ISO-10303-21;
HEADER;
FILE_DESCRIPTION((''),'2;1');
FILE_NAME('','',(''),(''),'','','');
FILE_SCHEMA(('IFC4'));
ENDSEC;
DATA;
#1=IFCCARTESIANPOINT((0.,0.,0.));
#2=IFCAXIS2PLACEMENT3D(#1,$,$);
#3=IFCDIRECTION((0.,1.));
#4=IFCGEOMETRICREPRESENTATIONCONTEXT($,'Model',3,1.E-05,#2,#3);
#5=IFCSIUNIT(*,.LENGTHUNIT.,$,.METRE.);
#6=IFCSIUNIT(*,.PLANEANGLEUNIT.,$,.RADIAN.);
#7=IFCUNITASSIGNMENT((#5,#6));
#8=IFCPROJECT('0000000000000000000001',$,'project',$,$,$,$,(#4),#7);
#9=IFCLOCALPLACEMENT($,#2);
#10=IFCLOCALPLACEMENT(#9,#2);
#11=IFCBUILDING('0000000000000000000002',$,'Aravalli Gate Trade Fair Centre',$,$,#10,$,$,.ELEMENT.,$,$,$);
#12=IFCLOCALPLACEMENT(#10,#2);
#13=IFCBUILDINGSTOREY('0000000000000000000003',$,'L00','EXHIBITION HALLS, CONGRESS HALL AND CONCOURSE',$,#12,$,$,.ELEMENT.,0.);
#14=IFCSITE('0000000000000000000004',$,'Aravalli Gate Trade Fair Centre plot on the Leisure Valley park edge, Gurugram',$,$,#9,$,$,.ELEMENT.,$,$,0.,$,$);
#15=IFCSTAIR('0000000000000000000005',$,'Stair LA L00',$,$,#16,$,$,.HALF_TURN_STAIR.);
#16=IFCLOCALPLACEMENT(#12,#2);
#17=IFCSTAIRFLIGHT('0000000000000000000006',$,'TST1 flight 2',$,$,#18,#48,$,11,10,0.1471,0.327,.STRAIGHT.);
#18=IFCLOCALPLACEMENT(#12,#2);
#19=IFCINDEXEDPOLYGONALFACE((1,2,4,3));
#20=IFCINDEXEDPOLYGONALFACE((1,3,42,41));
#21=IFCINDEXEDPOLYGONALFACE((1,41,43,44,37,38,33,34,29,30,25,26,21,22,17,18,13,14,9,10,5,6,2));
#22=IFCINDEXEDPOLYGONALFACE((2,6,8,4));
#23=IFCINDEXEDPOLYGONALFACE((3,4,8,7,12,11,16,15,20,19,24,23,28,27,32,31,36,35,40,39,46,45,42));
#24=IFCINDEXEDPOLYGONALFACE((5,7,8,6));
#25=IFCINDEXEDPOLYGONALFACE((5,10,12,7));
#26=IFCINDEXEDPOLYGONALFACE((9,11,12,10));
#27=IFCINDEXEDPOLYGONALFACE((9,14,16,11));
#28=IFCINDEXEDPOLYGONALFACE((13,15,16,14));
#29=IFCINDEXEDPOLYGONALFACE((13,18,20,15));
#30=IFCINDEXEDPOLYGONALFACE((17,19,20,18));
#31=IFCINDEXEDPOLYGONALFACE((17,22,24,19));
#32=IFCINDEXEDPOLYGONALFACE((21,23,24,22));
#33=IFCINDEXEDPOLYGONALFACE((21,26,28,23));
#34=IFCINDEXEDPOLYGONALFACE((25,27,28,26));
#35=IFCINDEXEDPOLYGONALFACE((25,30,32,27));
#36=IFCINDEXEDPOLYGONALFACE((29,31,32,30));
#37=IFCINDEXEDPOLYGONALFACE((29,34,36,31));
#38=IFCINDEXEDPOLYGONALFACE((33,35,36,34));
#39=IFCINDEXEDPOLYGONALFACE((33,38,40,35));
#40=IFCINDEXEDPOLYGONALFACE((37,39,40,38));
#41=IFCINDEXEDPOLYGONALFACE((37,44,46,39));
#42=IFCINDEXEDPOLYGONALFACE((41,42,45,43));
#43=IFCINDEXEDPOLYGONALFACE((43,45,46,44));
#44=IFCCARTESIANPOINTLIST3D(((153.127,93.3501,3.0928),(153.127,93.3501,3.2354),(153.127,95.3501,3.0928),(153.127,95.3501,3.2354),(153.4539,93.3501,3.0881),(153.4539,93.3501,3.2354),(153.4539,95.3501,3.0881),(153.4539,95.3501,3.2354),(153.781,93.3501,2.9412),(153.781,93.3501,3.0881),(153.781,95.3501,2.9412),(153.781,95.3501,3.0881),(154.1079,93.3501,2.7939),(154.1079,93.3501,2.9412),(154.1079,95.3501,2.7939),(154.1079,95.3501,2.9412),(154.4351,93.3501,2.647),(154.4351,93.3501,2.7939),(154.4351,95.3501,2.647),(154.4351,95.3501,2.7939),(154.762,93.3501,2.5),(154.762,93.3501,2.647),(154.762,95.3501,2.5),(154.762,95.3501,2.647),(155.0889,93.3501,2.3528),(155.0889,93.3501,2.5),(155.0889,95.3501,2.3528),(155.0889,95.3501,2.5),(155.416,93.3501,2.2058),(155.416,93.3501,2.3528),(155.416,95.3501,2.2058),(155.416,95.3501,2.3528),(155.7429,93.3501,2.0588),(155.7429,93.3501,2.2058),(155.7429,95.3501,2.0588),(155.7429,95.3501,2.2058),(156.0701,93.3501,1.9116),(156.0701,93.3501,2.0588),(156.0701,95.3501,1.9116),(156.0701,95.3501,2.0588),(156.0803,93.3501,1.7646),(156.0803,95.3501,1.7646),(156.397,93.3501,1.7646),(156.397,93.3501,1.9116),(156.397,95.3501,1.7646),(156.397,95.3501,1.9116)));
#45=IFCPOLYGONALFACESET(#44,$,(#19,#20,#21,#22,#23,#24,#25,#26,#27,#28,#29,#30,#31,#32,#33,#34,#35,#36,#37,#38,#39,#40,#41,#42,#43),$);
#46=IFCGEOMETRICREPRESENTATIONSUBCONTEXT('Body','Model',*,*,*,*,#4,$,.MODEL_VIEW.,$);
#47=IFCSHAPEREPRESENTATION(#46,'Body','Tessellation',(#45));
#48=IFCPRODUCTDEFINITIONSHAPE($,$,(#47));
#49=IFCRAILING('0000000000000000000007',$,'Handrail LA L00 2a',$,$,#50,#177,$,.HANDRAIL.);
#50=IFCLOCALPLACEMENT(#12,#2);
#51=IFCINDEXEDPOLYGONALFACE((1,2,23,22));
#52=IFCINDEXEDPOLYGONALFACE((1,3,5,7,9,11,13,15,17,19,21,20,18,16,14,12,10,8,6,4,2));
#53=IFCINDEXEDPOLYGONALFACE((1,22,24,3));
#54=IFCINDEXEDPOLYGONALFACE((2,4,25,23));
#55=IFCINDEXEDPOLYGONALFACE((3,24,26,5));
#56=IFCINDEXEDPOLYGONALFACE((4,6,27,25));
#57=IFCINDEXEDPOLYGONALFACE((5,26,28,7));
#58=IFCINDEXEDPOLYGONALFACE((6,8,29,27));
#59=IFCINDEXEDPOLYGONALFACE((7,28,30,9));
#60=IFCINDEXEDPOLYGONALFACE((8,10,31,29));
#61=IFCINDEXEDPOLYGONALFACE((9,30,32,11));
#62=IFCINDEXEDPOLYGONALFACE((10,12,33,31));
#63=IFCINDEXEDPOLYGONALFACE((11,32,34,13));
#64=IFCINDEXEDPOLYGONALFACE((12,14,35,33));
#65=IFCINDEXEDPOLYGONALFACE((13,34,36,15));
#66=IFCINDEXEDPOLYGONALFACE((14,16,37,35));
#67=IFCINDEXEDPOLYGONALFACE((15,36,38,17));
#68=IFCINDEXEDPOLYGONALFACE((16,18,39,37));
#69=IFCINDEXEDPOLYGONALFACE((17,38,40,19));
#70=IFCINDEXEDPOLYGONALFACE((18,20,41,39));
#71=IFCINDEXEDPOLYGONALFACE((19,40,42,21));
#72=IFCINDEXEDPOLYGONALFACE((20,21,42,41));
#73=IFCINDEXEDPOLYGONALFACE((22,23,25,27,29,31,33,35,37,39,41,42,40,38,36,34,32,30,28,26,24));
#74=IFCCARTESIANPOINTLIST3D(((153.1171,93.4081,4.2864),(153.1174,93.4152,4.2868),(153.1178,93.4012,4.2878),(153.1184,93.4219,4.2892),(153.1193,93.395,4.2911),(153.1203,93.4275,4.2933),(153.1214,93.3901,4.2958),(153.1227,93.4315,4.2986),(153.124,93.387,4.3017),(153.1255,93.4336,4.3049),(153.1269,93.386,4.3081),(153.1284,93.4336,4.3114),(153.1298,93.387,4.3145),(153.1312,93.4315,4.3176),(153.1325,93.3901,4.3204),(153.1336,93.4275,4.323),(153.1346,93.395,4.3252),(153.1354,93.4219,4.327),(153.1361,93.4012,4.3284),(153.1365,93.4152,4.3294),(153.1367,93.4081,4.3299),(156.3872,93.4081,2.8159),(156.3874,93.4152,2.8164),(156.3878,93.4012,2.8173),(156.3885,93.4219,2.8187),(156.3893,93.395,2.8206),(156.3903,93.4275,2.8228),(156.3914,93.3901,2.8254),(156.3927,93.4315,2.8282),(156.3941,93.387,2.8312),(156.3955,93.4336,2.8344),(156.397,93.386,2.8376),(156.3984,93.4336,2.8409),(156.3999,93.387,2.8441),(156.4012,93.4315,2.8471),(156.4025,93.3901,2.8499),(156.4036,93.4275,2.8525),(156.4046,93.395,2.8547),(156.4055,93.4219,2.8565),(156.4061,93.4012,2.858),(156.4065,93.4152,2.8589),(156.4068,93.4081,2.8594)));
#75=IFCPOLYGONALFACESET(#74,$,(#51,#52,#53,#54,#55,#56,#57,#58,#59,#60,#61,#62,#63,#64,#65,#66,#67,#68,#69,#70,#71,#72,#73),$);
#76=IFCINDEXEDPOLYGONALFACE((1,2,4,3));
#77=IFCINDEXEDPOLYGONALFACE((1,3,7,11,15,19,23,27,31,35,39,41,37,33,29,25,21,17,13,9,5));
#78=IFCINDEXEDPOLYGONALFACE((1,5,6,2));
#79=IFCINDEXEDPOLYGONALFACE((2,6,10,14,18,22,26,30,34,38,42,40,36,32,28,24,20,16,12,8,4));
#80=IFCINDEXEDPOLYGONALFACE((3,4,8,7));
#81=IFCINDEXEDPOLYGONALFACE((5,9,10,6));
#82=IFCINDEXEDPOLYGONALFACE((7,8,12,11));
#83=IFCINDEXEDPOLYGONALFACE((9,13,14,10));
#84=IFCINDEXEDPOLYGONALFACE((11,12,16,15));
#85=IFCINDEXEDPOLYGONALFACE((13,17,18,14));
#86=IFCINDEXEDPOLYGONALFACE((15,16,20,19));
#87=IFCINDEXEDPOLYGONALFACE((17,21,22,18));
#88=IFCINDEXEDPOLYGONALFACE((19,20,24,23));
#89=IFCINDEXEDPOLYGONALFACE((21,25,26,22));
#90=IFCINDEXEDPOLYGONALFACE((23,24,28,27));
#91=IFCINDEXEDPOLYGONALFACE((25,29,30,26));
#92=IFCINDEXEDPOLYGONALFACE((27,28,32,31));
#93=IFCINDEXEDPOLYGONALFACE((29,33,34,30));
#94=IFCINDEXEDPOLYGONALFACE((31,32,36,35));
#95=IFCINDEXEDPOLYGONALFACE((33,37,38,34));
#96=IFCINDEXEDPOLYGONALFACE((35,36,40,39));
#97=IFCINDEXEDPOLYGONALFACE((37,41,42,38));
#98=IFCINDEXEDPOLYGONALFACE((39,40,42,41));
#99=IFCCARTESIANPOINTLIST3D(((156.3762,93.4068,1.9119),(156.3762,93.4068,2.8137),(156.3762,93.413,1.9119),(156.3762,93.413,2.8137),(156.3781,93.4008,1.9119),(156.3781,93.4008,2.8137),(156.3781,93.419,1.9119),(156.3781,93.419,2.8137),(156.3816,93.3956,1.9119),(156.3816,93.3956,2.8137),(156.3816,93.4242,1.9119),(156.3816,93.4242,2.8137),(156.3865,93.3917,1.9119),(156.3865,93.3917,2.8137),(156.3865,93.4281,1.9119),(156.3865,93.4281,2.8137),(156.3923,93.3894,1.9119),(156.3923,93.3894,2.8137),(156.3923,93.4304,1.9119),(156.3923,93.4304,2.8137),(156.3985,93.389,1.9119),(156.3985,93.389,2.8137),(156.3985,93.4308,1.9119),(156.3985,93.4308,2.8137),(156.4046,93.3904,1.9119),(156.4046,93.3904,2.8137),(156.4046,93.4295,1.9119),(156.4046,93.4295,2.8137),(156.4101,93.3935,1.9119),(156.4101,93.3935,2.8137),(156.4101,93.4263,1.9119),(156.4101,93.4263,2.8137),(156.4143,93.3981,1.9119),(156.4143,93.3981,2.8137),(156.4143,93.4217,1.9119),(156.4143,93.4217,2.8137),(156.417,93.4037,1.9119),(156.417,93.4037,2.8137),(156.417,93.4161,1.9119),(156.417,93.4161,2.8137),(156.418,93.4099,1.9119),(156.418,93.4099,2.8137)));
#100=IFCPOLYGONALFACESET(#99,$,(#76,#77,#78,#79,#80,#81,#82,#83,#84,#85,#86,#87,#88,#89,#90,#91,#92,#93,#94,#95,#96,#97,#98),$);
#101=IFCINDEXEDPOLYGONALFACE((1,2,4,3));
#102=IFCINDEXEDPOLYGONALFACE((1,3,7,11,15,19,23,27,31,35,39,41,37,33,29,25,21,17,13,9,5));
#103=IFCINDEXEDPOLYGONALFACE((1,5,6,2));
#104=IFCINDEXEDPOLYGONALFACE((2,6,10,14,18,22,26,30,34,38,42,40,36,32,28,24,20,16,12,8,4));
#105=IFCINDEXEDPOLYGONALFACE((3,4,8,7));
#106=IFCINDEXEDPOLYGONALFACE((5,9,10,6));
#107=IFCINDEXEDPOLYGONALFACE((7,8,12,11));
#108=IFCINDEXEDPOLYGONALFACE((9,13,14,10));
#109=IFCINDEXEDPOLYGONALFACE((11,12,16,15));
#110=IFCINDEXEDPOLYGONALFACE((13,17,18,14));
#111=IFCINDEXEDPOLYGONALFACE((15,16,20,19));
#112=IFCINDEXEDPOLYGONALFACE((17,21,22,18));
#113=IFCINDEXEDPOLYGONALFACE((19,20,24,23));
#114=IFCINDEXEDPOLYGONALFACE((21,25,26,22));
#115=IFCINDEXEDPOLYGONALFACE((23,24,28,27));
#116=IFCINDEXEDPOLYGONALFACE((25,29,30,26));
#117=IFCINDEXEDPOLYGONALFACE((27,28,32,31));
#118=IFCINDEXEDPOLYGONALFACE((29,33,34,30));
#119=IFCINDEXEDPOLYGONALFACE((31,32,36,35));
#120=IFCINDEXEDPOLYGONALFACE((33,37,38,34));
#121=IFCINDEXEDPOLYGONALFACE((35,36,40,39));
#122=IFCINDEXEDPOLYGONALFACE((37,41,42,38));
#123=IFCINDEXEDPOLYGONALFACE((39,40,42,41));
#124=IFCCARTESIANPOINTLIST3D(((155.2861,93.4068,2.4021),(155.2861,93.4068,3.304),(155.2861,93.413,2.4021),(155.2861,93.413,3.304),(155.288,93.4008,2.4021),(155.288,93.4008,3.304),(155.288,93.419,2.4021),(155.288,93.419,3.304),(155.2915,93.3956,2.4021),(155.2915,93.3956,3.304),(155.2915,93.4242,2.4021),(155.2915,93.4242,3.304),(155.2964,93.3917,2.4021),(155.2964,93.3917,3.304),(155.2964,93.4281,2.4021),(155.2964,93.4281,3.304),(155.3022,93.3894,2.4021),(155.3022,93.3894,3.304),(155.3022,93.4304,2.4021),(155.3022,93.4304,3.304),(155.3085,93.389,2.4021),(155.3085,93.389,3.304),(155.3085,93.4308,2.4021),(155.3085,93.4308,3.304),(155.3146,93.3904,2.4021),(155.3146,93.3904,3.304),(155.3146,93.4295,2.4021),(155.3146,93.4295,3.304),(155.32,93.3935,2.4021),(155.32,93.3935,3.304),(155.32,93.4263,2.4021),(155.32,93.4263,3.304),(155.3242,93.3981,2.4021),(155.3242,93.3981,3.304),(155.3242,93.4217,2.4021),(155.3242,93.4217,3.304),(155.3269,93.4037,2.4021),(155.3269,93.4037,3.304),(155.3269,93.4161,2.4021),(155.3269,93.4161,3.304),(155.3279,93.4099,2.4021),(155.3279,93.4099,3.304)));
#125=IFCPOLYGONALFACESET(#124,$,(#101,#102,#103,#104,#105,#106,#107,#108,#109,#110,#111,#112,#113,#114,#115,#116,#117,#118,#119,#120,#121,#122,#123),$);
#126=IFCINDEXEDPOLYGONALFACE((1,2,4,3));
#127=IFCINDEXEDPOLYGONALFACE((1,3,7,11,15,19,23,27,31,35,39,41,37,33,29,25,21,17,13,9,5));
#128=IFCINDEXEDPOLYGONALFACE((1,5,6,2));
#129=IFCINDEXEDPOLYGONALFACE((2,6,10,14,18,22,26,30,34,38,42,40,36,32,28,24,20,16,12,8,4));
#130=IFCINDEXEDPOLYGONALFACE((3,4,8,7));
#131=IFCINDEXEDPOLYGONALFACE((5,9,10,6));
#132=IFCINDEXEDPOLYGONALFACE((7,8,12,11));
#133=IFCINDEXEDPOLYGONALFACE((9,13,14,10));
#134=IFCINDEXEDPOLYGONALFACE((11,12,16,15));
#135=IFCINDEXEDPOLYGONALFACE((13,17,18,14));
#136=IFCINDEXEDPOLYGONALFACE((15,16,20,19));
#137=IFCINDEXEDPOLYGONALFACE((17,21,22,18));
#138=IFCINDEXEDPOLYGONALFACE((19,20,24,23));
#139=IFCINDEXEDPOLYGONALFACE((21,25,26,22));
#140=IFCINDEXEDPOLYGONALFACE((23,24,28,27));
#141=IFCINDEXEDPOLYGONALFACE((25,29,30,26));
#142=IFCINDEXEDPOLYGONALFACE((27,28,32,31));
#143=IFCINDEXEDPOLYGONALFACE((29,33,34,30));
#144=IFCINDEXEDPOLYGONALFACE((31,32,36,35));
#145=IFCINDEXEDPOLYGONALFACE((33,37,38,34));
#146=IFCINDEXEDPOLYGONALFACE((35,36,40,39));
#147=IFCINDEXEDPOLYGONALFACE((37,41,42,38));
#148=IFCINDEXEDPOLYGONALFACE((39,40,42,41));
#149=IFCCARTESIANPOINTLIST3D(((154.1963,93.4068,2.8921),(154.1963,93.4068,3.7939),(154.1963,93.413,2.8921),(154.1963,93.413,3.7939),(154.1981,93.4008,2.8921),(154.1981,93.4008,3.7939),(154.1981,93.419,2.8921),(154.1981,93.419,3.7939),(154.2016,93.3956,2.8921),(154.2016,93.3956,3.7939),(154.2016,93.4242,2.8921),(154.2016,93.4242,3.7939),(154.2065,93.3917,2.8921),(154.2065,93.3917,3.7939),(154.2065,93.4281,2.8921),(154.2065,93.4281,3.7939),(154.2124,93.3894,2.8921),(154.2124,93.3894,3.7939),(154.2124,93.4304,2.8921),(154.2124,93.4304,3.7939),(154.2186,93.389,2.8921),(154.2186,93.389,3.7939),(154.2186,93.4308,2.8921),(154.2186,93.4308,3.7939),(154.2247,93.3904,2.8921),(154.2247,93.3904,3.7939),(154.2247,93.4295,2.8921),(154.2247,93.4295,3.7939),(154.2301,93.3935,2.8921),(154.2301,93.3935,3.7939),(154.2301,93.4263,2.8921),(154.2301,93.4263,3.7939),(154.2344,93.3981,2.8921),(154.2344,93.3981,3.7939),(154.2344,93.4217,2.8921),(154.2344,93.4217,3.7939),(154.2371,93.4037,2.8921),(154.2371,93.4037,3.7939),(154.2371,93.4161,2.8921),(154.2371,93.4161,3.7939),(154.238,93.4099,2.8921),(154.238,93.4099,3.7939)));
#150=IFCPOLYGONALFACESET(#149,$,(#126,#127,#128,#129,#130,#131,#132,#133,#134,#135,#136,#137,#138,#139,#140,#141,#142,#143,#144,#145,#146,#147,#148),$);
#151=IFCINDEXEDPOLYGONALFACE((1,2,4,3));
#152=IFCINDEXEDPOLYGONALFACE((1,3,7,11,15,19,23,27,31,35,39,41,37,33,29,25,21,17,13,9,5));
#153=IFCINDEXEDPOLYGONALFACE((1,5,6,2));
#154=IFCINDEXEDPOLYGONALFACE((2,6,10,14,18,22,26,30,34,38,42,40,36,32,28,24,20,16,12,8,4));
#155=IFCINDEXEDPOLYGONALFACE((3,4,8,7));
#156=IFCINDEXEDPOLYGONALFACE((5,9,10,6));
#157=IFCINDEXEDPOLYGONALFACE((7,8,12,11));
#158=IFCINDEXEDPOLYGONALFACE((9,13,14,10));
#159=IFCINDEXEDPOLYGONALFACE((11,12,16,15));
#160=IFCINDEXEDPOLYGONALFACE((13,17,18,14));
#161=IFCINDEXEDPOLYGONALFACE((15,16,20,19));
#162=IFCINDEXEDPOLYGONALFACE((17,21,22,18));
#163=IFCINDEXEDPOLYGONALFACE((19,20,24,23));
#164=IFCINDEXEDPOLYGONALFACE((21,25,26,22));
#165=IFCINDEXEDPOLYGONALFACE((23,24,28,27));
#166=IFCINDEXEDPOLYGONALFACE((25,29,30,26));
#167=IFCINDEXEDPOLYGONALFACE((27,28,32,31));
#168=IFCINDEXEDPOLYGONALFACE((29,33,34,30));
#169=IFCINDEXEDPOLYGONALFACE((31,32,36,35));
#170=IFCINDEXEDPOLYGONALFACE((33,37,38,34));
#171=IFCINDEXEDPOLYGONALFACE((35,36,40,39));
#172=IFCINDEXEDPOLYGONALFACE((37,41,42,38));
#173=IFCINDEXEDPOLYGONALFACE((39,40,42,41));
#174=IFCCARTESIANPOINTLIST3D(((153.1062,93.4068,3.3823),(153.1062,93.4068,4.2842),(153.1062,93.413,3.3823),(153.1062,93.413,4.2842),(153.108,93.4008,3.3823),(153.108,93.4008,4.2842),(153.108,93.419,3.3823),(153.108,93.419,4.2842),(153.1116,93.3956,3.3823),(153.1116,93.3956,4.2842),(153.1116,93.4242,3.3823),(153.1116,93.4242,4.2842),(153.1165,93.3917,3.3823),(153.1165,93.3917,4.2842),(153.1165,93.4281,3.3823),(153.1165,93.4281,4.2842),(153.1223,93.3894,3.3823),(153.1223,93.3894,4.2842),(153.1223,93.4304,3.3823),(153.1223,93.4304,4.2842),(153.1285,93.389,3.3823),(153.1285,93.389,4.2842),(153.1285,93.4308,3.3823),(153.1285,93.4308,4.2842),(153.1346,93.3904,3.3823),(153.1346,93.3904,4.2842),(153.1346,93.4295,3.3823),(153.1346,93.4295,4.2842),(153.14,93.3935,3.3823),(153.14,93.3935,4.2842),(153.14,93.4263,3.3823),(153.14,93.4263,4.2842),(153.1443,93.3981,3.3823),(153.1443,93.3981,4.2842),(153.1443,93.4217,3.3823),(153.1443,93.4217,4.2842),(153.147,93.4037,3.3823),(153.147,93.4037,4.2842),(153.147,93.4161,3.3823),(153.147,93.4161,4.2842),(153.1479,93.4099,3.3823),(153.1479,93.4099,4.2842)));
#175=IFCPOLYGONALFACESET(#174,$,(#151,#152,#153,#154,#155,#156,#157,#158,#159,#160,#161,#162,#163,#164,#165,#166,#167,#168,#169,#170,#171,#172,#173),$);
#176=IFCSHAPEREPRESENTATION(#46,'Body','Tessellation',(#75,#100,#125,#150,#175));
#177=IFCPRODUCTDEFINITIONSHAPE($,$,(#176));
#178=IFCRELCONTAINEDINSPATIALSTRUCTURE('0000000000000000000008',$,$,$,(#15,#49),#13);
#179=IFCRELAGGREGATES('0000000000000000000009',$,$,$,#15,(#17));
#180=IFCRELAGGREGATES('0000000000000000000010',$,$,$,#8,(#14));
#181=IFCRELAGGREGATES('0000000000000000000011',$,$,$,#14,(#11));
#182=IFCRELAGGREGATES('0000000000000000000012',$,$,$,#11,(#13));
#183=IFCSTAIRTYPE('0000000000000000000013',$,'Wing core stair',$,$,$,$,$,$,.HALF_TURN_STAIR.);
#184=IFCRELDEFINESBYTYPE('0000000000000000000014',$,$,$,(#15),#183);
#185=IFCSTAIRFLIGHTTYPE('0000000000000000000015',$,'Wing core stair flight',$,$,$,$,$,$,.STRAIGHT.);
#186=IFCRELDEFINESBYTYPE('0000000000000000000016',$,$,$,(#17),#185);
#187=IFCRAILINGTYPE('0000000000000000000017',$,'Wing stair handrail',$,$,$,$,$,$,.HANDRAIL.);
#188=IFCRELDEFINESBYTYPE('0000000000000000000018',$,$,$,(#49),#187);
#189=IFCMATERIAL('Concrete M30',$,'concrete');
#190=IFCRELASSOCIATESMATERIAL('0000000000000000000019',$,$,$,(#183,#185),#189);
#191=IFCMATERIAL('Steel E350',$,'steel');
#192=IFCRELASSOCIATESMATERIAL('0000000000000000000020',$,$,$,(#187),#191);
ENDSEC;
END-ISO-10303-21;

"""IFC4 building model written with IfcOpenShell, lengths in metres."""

from ifc_helpers import new_model, si_unit, direction, frame, origin, origin_2d, place, context, subcontext, project, spatial, polyline, circle, outline, extrude, material, type_object, element, aggregate, save


model = new_model("IFC4")

# Units and contexts
model_context = context("Model", 3, precision=1e-05, world=origin(), true_north=direction((0.0, 1.0)))
body_context = subcontext(model_context, "Body", "Model", "MODEL_VIEW")
ifc_project = project(units=[si_unit("LENGTHUNIT", "METRE"), si_unit("PLANEANGLEUNIT", "RADIAN")], contexts=[model_context])

# Site, building, storey
site_placement = place(None, origin())
site = spatial("IfcSite", under=ifc_project, at=site_placement, Name="Aravalli Gate Trade Fair Centre plot on the Leisure Valley park edge, Gurugram", CompositionType="ELEMENT", RefElevation=0.0)
building_placement = place(site_placement, origin())
building = spatial("IfcBuilding", under=site, at=building_placement, Name="Aravalli Gate Trade Fair Centre", CompositionType="ELEMENT")
storey_placement = place(building_placement, origin())
storey = spatial("IfcBuildingStorey", under=building, at=storey_placement, Name="L00", Description="EXHIBITION HALLS, CONGRESS HALL AND CONCOURSE", CompositionType="ELEMENT", Elevation=0.0)

# Shared definitions
ifc_material_1 = material(Name="Steel E350", Category="steel")

# Shared definitions
ifc_material_2 = material(Name="Concrete M30", Category="concrete")

# Stair, stair flight
stair_type = type_object("IfcStairType", Name="Wing core stair", PredefinedType="HALF_TURN_STAIR", material=ifc_material_2)
stair_placement = place(storey_placement, origin())
stair = element("IfcStair", 1, at=stair_placement, inside=storey, type_object=stair_type, Name="Stair LA L00", PredefinedType="HALF_TURN_STAIR")
stair_flight_type = type_object("IfcStairFlightType", Name="Wing core stair flight", PredefinedType="STRAIGHT", material=ifc_material_2)
stair_flight_placement = place(storey_placement, frame((156.397, 94.3501, 1.7646), z_axis=(0.0, 0.0, 1.0), x_axis=(-1.0, 0.0, 0.0)))
stair_flight = element("IfcStairFlight", 2, at=stair_flight_placement, type_object=stair_flight_type, Name="TST1 flight 2", NumberOfRisers=11, NumberOfTreads=10, PredefinedType="STRAIGHT", RiserHeight=0.1471, TreadLength=0.327, context=body_context, shape_type="SweptSolid", body=[
    extrude(outline(polyline([(0.0, 0.0), (0.0, 0.147), (0.3269, 0.147), (0.3269, 0.2942), (0.6541, 0.2942), (0.6541, 0.4412), (0.981, 0.4412), (0.981, 0.5881), (1.3081, 0.5881), (1.3081, 0.7354), (1.635, 0.7354), (1.635, 0.8823), (1.9619, 0.8823), (1.9619, 1.0293), (2.2891, 1.0293), (2.2891, 1.1765), (2.616, 1.1765), (2.616, 1.3235), (2.9431, 1.3235), (2.9431, 1.4707), (3.27, 1.4707), (3.27, 1.6177), (3.27, 1.3281), (0.3167, 0.0), (0.0, 0.0)])), frame((0.0, 1.0, 0.0), z_axis=(0.0, -1.0, 0.0), x_axis=(1.0, 0.0, 0.0)), (0.0, 0.0, 1.0), 2.0),
])
aggregate(stair, [stair_flight])

# Railing
railing_type = type_object("IfcRailingType", Name="Wing stair handrail", PredefinedType="HANDRAIL", material=ifc_material_1)
for number, where, name in (
    (3, (156.397, 93.4099, 1.9119), "Handrail LA L00 2a"),
):
    element("IfcRailing", number, at=place(storey_placement, frame(where)), inside=storey, type_object=railing_type, Name=name, PredefinedType="HANDRAIL", context=body_context, shape_type="SweptSolid", body=[
        extrude(circle(Radius=0.0239, at=origin_2d()), frame((0.0, 0.0, 0.9258), z_axis=(-0.912031, 0.0, 0.410121), x_axis=(0.0, -1.0, 0.0)), (0.0, 0.0, 1.0), 3.5854),
        extrude(circle(Radius=0.021, at=origin_2d()), origin(), (0.0, 0.0, 1.0), 0.9019),
        extrude(circle(Radius=0.021, at=origin_2d()), frame((-1.0901, 0.0, 0.4902)), (0.0, 0.0, 1.0), 0.9019),
        extrude(circle(Radius=0.021, at=origin_2d()), frame((-2.1799, 0.0, 0.9802)), (0.0, 0.0, 1.0), 0.9019),
        extrude(circle(Radius=0.021, at=origin_2d()), frame((-3.27, 0.0, 1.4705)), (0.0, 0.0, 1.0), 0.9019),
    ])

save(model, "model.ifc")
